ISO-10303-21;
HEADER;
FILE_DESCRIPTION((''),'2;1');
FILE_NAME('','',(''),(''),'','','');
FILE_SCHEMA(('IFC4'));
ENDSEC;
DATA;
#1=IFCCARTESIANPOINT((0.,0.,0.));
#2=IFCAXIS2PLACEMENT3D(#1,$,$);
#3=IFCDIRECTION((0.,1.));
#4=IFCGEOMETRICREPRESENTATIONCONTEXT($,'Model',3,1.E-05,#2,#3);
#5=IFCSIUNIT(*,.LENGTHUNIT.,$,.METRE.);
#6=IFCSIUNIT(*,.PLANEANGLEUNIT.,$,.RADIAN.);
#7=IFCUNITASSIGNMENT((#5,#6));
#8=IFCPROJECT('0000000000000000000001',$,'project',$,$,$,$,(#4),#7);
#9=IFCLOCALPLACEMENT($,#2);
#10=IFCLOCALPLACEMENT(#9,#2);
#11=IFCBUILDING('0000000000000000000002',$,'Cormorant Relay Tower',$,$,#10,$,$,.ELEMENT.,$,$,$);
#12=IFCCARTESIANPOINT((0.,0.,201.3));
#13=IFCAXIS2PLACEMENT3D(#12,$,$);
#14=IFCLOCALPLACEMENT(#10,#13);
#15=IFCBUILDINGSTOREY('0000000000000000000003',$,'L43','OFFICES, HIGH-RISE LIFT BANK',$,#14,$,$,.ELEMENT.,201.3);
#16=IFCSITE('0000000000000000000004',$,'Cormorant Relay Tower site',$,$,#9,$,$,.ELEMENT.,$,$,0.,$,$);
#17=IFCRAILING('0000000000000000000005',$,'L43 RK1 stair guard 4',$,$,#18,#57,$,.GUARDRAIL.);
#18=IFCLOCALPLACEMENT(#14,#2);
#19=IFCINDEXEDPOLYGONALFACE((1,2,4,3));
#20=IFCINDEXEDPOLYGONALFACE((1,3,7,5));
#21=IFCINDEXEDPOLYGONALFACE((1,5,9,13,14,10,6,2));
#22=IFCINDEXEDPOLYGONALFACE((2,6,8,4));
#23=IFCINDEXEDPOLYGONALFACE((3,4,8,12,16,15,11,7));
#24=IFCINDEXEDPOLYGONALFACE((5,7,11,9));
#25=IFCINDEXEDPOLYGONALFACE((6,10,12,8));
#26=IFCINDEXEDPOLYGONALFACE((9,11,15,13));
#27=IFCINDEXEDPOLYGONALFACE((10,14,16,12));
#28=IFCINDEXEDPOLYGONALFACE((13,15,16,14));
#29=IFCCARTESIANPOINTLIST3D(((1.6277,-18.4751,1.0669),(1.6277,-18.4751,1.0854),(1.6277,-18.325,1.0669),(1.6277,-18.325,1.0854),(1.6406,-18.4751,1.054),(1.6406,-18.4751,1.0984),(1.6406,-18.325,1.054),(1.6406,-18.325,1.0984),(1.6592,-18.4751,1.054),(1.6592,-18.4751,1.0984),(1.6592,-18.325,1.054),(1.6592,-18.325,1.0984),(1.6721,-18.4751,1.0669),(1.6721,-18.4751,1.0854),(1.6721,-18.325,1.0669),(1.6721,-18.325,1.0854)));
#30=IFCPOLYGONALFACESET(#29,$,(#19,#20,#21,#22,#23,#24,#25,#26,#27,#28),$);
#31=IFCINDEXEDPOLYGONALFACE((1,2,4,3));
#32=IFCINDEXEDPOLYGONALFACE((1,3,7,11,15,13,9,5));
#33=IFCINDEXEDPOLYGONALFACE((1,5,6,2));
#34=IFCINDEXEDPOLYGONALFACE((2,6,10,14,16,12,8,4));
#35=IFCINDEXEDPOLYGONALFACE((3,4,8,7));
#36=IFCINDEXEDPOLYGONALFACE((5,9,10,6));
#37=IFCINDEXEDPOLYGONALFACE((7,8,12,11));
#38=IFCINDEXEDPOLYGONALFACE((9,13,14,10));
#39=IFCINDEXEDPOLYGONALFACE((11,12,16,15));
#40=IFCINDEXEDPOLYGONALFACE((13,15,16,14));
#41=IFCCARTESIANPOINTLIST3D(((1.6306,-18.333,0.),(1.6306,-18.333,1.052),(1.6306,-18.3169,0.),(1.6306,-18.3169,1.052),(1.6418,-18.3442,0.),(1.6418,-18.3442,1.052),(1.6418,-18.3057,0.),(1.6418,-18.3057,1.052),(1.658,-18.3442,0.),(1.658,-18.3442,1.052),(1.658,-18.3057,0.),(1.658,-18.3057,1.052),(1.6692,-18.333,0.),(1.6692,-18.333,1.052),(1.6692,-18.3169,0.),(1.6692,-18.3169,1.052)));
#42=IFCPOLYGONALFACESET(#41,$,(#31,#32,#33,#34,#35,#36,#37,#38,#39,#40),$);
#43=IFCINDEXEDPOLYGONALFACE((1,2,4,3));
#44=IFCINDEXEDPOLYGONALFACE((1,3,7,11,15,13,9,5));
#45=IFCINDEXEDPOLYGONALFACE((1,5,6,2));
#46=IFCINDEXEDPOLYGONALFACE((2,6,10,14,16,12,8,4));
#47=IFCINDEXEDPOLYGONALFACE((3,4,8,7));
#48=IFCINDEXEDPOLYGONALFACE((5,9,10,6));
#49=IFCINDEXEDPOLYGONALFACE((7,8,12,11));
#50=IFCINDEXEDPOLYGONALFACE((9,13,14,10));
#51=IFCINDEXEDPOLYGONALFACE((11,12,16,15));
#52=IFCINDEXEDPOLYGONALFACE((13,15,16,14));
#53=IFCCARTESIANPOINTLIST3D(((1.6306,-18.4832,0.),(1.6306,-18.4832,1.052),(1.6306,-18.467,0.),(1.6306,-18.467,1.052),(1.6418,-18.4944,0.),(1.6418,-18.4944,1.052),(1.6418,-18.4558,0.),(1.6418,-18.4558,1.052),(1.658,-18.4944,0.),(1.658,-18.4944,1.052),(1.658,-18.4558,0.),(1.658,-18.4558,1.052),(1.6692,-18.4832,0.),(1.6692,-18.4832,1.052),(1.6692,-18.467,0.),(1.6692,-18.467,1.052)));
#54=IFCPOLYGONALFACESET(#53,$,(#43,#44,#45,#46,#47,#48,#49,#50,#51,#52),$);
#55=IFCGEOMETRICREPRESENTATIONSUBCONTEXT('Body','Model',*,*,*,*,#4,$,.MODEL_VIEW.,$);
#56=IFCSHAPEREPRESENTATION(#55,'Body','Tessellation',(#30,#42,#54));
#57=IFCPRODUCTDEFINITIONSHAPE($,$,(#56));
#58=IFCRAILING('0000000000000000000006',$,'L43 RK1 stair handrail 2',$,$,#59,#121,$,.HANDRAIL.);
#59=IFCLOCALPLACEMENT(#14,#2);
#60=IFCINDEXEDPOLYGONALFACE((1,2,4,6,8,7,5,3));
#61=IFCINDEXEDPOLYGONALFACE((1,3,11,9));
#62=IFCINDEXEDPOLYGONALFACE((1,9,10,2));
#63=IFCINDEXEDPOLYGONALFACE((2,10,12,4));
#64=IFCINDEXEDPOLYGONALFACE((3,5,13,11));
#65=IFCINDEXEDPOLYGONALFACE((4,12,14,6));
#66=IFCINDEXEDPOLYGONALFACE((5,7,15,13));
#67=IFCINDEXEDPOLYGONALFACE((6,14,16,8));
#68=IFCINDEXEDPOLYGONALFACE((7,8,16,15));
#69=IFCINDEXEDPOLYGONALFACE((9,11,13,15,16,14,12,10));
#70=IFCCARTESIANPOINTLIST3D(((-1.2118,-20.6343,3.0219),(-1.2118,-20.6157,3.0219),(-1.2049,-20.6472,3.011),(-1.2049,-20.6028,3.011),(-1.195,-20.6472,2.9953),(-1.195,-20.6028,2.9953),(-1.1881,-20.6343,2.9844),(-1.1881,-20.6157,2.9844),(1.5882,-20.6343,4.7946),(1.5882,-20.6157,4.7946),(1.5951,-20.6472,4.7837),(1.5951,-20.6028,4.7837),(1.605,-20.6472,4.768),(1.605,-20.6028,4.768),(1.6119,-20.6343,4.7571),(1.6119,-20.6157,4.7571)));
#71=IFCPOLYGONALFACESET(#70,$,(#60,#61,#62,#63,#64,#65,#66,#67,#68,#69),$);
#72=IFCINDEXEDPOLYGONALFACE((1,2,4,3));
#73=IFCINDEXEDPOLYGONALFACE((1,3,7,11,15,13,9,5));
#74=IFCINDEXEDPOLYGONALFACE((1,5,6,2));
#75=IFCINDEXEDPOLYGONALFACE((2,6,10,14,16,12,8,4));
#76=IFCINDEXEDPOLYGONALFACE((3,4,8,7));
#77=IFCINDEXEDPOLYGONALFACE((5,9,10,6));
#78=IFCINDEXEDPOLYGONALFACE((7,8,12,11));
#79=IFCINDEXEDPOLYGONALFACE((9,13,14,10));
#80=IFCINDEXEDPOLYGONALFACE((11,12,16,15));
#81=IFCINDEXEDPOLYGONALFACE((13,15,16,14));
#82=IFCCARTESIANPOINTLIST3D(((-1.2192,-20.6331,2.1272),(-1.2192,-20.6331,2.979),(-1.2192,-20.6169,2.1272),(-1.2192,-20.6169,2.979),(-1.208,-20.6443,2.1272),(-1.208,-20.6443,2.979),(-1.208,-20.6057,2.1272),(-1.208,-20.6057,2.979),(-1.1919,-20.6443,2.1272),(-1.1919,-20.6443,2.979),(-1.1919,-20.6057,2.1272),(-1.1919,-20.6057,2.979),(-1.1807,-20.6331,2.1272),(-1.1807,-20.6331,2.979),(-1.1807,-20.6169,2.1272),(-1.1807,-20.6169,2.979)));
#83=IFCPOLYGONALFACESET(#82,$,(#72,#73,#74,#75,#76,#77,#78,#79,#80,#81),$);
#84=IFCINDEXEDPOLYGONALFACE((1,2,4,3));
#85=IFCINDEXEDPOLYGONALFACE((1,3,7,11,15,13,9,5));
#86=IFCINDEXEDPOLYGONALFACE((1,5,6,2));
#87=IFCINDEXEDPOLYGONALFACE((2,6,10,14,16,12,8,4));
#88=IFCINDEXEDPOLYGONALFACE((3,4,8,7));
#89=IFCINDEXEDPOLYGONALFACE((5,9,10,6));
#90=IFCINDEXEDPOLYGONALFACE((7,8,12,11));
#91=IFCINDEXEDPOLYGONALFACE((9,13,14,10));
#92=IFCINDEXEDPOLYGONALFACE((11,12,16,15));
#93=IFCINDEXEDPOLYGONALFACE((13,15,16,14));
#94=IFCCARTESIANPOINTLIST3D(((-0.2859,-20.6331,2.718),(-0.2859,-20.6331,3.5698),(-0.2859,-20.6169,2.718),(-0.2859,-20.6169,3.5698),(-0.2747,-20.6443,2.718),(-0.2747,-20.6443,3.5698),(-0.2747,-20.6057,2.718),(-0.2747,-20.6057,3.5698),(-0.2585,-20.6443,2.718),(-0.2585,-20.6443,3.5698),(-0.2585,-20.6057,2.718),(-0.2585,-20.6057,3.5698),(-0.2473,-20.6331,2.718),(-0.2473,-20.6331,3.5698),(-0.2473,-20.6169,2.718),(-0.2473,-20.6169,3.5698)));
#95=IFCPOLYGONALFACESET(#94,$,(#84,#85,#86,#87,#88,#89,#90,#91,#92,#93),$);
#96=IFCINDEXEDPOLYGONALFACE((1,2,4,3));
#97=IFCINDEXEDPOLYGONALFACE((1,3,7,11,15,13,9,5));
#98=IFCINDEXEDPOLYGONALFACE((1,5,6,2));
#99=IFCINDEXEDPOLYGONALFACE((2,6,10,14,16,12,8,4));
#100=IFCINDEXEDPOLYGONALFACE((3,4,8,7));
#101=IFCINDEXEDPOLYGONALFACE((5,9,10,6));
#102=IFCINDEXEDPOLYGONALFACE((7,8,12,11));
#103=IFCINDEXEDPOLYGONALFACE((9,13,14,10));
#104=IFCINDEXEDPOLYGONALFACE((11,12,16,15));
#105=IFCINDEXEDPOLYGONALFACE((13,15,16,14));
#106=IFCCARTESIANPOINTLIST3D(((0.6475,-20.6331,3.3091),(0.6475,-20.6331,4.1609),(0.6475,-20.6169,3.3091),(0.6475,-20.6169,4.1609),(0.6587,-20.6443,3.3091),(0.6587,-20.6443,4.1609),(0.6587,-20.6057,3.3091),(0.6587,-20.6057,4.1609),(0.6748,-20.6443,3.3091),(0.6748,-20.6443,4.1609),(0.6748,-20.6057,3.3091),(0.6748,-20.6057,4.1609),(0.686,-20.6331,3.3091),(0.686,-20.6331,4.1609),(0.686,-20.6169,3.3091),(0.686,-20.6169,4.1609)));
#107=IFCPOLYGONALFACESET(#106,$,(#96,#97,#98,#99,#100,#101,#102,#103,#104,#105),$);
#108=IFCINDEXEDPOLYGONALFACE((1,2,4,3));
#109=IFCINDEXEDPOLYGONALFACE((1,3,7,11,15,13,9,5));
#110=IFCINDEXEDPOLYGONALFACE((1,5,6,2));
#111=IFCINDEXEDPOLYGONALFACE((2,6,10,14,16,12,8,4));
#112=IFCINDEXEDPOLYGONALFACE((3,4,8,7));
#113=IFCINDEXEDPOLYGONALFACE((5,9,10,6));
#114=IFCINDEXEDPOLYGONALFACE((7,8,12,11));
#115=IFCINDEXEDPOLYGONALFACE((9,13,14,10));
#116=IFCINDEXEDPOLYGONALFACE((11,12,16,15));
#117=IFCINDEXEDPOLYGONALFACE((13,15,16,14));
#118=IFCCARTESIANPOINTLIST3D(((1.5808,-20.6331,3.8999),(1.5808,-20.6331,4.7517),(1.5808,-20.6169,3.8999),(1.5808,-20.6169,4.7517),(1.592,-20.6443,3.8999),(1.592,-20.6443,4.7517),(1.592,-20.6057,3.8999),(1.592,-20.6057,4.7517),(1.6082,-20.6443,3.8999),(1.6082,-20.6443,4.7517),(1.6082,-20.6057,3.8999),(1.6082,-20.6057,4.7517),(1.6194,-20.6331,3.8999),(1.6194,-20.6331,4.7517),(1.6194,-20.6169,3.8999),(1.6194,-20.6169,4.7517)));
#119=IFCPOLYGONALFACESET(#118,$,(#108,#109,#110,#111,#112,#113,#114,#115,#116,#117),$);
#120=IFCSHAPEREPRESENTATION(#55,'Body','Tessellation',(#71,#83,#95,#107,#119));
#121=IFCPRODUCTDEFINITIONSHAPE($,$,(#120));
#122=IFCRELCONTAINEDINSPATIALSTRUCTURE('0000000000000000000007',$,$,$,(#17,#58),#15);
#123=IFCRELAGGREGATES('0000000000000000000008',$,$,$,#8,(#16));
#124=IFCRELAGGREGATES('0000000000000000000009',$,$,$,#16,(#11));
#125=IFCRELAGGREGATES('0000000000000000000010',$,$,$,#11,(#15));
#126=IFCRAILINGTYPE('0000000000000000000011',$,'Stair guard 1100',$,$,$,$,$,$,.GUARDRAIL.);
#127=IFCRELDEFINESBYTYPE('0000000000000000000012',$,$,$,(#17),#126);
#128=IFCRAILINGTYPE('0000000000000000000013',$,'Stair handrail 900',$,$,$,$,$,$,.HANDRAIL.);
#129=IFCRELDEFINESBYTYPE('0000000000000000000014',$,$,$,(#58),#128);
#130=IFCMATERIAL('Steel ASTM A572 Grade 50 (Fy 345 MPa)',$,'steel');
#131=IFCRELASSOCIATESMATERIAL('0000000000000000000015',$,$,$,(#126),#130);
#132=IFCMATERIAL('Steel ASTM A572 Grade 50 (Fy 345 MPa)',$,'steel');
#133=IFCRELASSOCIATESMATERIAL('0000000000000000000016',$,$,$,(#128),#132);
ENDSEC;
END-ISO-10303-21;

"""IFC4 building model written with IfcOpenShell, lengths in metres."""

from ifc_helpers import new_model, si_unit, direction, frame, origin, place, context, subcontext, project, spatial, polyline, outline, extrude, material, type_object, element, save


model = new_model("IFC4")

# Units and contexts
model_context = context("Model", 3, precision=1e-05, world=origin(), true_north=direction((0.0, 1.0)))
body_context = subcontext(model_context, "Body", "Model", "MODEL_VIEW")
ifc_project = project(units=[si_unit("LENGTHUNIT", "METRE"), si_unit("PLANEANGLEUNIT", "RADIAN")], contexts=[model_context])

# Site, building, storey
site_placement = place(None, origin())
site = spatial("IfcSite", under=ifc_project, at=site_placement, Name="Cormorant Relay Tower site", CompositionType="ELEMENT", RefElevation=0.0)
building_placement = place(site_placement, origin())
building = spatial("IfcBuilding", under=site, at=building_placement, Name="Cormorant Relay Tower", CompositionType="ELEMENT")
storey_placement = place(building_placement, frame((0.0, 0.0, 201.3)))
storey = spatial("IfcBuildingStorey", under=building, at=storey_placement, Name="L43", Description="OFFICES, HIGH-RISE LIFT BANK", CompositionType="ELEMENT", Elevation=201.3)

# Railings
ifc_material_1 = material(Name="Steel ASTM A572 Grade 50 (Fy 345 MPa)", Category="steel")
railing_type_1 = type_object("IfcRailingType", Name="Stair guard 1100", PredefinedType="GUARDRAIL", material=ifc_material_1)
railing_1_placement = place(storey_placement, frame((1.6499, -18.325, 0.0)))
element("IfcRailing", 1, at=railing_1_placement, inside=storey, type_object=railing_type_1, Name="L43 RK1 stair guard 4", PredefinedType="GUARDRAIL", context=body_context, shape_type="SweptSolid", body=[
    extrude(outline(polyline([(0.0222, 0.0093), (0.0093, 0.0222), (-0.0093, 0.0222), (-0.0222, 0.0093), (-0.0222, -0.0093), (-0.0093, -0.0222), (0.0093, -0.0222), (0.0222, -0.0093), (0.0222, 0.0093)])), frame((0.0, 0.0, 1.0762), z_axis=(0.0, -1.0, 0.0), x_axis=(1.0, 0.0, 0.0)), (0.0, 0.0, 1.0), 0.1501),
    extrude(outline(polyline([(0.0193, 0.0081), (0.0081, 0.0193), (-0.0081, 0.0193), (-0.0193, 0.0081), (-0.0193, -0.0081), (-0.0081, -0.0193), (0.0081, -0.0193), (0.0193, -0.0081), (0.0193, 0.0081)])), origin(), (0.0, 0.0, 1.0), 1.052),
    extrude(outline(polyline([(0.0193, 0.0081), (0.0081, 0.0193), (-0.0081, 0.0193), (-0.0193, 0.0081), (-0.0193, -0.0081), (-0.0081, -0.0193), (0.0081, -0.0193), (0.0193, -0.0081), (0.0193, 0.0081)])), frame((0.0, -0.1501, 0.0)), (0.0, 0.0, 1.0), 1.052),
])
ifc_material_2 = material(Name="Steel ASTM A572 Grade 50 (Fy 345 MPa)", Category="steel")
railing_type_2 = type_object("IfcRailingType", Name="Stair handrail 900", PredefinedType="HANDRAIL", material=ifc_material_2)
railing_2_placement = place(storey_placement, frame((-1.2, -20.625, 2.1272)))
element("IfcRailing", 2, at=railing_2_placement, inside=storey, type_object=railing_type_2, Name="L43 RK1 stair handrail 2", PredefinedType="HANDRAIL", context=body_context, shape_type="SweptSolid", body=[
    extrude(outline(polyline([(0.0222, 0.0093), (0.0093, 0.0222), (-0.0093, 0.0222), (-0.0222, 0.0093), (-0.0222, -0.0093), (-0.0093, -0.0222), (0.0093, -0.0222), (0.0222, -0.0093), (0.0222, 0.0093)])), frame((0.0, 0.0, 0.876), z_axis=(0.844909, 0.0, 0.53491), x_axis=(0.0, 1.0, 0.0)), (0.0, 0.0, 1.0), 3.314),
    extrude(outline(polyline([(0.0193, 0.0081), (0.0081, 0.0193), (-0.0081, 0.0193), (-0.0193, 0.0081), (-0.0193, -0.0081), (-0.0081, -0.0193), (0.0081, -0.0193), (0.0193, -0.0081), (0.0193, 0.0081)])), origin(), (0.0, 0.0, 1.0), 0.8518),
    extrude(outline(polyline([(0.0193, 0.0081), (0.0081, 0.0193), (-0.0081, 0.0193), (-0.0193, 0.0081), (-0.0193, -0.0081), (-0.0081, -0.0193), (0.0081, -0.0193), (0.0193, -0.0081), (0.0193, 0.0081)])), frame((0.9333, 0.0, 0.5908)), (0.0, 0.0, 1.0), 0.8518),
    extrude(outline(polyline([(0.0193, 0.0081), (0.0081, 0.0193), (-0.0081, 0.0193), (-0.0193, 0.0081), (-0.0193, -0.0081), (-0.0081, -0.0193), (0.0081, -0.0193), (0.0193, -0.0081), (0.0193, 0.0081)])), frame((1.8667, 0.0, 1.1819)), (0.0, 0.0, 1.0), 0.8518),
    extrude(outline(polyline([(0.0193, 0.0081), (0.0081, 0.0193), (-0.0081, 0.0193), (-0.0193, 0.0081), (-0.0193, -0.0081), (-0.0081, -0.0193), (0.0081, -0.0193), (0.0193, -0.0081), (0.0193, 0.0081)])), frame((2.8, 0.0, 1.7727)), (0.0, 0.0, 1.0), 0.8518),
])

save(model, "model.ifc")
